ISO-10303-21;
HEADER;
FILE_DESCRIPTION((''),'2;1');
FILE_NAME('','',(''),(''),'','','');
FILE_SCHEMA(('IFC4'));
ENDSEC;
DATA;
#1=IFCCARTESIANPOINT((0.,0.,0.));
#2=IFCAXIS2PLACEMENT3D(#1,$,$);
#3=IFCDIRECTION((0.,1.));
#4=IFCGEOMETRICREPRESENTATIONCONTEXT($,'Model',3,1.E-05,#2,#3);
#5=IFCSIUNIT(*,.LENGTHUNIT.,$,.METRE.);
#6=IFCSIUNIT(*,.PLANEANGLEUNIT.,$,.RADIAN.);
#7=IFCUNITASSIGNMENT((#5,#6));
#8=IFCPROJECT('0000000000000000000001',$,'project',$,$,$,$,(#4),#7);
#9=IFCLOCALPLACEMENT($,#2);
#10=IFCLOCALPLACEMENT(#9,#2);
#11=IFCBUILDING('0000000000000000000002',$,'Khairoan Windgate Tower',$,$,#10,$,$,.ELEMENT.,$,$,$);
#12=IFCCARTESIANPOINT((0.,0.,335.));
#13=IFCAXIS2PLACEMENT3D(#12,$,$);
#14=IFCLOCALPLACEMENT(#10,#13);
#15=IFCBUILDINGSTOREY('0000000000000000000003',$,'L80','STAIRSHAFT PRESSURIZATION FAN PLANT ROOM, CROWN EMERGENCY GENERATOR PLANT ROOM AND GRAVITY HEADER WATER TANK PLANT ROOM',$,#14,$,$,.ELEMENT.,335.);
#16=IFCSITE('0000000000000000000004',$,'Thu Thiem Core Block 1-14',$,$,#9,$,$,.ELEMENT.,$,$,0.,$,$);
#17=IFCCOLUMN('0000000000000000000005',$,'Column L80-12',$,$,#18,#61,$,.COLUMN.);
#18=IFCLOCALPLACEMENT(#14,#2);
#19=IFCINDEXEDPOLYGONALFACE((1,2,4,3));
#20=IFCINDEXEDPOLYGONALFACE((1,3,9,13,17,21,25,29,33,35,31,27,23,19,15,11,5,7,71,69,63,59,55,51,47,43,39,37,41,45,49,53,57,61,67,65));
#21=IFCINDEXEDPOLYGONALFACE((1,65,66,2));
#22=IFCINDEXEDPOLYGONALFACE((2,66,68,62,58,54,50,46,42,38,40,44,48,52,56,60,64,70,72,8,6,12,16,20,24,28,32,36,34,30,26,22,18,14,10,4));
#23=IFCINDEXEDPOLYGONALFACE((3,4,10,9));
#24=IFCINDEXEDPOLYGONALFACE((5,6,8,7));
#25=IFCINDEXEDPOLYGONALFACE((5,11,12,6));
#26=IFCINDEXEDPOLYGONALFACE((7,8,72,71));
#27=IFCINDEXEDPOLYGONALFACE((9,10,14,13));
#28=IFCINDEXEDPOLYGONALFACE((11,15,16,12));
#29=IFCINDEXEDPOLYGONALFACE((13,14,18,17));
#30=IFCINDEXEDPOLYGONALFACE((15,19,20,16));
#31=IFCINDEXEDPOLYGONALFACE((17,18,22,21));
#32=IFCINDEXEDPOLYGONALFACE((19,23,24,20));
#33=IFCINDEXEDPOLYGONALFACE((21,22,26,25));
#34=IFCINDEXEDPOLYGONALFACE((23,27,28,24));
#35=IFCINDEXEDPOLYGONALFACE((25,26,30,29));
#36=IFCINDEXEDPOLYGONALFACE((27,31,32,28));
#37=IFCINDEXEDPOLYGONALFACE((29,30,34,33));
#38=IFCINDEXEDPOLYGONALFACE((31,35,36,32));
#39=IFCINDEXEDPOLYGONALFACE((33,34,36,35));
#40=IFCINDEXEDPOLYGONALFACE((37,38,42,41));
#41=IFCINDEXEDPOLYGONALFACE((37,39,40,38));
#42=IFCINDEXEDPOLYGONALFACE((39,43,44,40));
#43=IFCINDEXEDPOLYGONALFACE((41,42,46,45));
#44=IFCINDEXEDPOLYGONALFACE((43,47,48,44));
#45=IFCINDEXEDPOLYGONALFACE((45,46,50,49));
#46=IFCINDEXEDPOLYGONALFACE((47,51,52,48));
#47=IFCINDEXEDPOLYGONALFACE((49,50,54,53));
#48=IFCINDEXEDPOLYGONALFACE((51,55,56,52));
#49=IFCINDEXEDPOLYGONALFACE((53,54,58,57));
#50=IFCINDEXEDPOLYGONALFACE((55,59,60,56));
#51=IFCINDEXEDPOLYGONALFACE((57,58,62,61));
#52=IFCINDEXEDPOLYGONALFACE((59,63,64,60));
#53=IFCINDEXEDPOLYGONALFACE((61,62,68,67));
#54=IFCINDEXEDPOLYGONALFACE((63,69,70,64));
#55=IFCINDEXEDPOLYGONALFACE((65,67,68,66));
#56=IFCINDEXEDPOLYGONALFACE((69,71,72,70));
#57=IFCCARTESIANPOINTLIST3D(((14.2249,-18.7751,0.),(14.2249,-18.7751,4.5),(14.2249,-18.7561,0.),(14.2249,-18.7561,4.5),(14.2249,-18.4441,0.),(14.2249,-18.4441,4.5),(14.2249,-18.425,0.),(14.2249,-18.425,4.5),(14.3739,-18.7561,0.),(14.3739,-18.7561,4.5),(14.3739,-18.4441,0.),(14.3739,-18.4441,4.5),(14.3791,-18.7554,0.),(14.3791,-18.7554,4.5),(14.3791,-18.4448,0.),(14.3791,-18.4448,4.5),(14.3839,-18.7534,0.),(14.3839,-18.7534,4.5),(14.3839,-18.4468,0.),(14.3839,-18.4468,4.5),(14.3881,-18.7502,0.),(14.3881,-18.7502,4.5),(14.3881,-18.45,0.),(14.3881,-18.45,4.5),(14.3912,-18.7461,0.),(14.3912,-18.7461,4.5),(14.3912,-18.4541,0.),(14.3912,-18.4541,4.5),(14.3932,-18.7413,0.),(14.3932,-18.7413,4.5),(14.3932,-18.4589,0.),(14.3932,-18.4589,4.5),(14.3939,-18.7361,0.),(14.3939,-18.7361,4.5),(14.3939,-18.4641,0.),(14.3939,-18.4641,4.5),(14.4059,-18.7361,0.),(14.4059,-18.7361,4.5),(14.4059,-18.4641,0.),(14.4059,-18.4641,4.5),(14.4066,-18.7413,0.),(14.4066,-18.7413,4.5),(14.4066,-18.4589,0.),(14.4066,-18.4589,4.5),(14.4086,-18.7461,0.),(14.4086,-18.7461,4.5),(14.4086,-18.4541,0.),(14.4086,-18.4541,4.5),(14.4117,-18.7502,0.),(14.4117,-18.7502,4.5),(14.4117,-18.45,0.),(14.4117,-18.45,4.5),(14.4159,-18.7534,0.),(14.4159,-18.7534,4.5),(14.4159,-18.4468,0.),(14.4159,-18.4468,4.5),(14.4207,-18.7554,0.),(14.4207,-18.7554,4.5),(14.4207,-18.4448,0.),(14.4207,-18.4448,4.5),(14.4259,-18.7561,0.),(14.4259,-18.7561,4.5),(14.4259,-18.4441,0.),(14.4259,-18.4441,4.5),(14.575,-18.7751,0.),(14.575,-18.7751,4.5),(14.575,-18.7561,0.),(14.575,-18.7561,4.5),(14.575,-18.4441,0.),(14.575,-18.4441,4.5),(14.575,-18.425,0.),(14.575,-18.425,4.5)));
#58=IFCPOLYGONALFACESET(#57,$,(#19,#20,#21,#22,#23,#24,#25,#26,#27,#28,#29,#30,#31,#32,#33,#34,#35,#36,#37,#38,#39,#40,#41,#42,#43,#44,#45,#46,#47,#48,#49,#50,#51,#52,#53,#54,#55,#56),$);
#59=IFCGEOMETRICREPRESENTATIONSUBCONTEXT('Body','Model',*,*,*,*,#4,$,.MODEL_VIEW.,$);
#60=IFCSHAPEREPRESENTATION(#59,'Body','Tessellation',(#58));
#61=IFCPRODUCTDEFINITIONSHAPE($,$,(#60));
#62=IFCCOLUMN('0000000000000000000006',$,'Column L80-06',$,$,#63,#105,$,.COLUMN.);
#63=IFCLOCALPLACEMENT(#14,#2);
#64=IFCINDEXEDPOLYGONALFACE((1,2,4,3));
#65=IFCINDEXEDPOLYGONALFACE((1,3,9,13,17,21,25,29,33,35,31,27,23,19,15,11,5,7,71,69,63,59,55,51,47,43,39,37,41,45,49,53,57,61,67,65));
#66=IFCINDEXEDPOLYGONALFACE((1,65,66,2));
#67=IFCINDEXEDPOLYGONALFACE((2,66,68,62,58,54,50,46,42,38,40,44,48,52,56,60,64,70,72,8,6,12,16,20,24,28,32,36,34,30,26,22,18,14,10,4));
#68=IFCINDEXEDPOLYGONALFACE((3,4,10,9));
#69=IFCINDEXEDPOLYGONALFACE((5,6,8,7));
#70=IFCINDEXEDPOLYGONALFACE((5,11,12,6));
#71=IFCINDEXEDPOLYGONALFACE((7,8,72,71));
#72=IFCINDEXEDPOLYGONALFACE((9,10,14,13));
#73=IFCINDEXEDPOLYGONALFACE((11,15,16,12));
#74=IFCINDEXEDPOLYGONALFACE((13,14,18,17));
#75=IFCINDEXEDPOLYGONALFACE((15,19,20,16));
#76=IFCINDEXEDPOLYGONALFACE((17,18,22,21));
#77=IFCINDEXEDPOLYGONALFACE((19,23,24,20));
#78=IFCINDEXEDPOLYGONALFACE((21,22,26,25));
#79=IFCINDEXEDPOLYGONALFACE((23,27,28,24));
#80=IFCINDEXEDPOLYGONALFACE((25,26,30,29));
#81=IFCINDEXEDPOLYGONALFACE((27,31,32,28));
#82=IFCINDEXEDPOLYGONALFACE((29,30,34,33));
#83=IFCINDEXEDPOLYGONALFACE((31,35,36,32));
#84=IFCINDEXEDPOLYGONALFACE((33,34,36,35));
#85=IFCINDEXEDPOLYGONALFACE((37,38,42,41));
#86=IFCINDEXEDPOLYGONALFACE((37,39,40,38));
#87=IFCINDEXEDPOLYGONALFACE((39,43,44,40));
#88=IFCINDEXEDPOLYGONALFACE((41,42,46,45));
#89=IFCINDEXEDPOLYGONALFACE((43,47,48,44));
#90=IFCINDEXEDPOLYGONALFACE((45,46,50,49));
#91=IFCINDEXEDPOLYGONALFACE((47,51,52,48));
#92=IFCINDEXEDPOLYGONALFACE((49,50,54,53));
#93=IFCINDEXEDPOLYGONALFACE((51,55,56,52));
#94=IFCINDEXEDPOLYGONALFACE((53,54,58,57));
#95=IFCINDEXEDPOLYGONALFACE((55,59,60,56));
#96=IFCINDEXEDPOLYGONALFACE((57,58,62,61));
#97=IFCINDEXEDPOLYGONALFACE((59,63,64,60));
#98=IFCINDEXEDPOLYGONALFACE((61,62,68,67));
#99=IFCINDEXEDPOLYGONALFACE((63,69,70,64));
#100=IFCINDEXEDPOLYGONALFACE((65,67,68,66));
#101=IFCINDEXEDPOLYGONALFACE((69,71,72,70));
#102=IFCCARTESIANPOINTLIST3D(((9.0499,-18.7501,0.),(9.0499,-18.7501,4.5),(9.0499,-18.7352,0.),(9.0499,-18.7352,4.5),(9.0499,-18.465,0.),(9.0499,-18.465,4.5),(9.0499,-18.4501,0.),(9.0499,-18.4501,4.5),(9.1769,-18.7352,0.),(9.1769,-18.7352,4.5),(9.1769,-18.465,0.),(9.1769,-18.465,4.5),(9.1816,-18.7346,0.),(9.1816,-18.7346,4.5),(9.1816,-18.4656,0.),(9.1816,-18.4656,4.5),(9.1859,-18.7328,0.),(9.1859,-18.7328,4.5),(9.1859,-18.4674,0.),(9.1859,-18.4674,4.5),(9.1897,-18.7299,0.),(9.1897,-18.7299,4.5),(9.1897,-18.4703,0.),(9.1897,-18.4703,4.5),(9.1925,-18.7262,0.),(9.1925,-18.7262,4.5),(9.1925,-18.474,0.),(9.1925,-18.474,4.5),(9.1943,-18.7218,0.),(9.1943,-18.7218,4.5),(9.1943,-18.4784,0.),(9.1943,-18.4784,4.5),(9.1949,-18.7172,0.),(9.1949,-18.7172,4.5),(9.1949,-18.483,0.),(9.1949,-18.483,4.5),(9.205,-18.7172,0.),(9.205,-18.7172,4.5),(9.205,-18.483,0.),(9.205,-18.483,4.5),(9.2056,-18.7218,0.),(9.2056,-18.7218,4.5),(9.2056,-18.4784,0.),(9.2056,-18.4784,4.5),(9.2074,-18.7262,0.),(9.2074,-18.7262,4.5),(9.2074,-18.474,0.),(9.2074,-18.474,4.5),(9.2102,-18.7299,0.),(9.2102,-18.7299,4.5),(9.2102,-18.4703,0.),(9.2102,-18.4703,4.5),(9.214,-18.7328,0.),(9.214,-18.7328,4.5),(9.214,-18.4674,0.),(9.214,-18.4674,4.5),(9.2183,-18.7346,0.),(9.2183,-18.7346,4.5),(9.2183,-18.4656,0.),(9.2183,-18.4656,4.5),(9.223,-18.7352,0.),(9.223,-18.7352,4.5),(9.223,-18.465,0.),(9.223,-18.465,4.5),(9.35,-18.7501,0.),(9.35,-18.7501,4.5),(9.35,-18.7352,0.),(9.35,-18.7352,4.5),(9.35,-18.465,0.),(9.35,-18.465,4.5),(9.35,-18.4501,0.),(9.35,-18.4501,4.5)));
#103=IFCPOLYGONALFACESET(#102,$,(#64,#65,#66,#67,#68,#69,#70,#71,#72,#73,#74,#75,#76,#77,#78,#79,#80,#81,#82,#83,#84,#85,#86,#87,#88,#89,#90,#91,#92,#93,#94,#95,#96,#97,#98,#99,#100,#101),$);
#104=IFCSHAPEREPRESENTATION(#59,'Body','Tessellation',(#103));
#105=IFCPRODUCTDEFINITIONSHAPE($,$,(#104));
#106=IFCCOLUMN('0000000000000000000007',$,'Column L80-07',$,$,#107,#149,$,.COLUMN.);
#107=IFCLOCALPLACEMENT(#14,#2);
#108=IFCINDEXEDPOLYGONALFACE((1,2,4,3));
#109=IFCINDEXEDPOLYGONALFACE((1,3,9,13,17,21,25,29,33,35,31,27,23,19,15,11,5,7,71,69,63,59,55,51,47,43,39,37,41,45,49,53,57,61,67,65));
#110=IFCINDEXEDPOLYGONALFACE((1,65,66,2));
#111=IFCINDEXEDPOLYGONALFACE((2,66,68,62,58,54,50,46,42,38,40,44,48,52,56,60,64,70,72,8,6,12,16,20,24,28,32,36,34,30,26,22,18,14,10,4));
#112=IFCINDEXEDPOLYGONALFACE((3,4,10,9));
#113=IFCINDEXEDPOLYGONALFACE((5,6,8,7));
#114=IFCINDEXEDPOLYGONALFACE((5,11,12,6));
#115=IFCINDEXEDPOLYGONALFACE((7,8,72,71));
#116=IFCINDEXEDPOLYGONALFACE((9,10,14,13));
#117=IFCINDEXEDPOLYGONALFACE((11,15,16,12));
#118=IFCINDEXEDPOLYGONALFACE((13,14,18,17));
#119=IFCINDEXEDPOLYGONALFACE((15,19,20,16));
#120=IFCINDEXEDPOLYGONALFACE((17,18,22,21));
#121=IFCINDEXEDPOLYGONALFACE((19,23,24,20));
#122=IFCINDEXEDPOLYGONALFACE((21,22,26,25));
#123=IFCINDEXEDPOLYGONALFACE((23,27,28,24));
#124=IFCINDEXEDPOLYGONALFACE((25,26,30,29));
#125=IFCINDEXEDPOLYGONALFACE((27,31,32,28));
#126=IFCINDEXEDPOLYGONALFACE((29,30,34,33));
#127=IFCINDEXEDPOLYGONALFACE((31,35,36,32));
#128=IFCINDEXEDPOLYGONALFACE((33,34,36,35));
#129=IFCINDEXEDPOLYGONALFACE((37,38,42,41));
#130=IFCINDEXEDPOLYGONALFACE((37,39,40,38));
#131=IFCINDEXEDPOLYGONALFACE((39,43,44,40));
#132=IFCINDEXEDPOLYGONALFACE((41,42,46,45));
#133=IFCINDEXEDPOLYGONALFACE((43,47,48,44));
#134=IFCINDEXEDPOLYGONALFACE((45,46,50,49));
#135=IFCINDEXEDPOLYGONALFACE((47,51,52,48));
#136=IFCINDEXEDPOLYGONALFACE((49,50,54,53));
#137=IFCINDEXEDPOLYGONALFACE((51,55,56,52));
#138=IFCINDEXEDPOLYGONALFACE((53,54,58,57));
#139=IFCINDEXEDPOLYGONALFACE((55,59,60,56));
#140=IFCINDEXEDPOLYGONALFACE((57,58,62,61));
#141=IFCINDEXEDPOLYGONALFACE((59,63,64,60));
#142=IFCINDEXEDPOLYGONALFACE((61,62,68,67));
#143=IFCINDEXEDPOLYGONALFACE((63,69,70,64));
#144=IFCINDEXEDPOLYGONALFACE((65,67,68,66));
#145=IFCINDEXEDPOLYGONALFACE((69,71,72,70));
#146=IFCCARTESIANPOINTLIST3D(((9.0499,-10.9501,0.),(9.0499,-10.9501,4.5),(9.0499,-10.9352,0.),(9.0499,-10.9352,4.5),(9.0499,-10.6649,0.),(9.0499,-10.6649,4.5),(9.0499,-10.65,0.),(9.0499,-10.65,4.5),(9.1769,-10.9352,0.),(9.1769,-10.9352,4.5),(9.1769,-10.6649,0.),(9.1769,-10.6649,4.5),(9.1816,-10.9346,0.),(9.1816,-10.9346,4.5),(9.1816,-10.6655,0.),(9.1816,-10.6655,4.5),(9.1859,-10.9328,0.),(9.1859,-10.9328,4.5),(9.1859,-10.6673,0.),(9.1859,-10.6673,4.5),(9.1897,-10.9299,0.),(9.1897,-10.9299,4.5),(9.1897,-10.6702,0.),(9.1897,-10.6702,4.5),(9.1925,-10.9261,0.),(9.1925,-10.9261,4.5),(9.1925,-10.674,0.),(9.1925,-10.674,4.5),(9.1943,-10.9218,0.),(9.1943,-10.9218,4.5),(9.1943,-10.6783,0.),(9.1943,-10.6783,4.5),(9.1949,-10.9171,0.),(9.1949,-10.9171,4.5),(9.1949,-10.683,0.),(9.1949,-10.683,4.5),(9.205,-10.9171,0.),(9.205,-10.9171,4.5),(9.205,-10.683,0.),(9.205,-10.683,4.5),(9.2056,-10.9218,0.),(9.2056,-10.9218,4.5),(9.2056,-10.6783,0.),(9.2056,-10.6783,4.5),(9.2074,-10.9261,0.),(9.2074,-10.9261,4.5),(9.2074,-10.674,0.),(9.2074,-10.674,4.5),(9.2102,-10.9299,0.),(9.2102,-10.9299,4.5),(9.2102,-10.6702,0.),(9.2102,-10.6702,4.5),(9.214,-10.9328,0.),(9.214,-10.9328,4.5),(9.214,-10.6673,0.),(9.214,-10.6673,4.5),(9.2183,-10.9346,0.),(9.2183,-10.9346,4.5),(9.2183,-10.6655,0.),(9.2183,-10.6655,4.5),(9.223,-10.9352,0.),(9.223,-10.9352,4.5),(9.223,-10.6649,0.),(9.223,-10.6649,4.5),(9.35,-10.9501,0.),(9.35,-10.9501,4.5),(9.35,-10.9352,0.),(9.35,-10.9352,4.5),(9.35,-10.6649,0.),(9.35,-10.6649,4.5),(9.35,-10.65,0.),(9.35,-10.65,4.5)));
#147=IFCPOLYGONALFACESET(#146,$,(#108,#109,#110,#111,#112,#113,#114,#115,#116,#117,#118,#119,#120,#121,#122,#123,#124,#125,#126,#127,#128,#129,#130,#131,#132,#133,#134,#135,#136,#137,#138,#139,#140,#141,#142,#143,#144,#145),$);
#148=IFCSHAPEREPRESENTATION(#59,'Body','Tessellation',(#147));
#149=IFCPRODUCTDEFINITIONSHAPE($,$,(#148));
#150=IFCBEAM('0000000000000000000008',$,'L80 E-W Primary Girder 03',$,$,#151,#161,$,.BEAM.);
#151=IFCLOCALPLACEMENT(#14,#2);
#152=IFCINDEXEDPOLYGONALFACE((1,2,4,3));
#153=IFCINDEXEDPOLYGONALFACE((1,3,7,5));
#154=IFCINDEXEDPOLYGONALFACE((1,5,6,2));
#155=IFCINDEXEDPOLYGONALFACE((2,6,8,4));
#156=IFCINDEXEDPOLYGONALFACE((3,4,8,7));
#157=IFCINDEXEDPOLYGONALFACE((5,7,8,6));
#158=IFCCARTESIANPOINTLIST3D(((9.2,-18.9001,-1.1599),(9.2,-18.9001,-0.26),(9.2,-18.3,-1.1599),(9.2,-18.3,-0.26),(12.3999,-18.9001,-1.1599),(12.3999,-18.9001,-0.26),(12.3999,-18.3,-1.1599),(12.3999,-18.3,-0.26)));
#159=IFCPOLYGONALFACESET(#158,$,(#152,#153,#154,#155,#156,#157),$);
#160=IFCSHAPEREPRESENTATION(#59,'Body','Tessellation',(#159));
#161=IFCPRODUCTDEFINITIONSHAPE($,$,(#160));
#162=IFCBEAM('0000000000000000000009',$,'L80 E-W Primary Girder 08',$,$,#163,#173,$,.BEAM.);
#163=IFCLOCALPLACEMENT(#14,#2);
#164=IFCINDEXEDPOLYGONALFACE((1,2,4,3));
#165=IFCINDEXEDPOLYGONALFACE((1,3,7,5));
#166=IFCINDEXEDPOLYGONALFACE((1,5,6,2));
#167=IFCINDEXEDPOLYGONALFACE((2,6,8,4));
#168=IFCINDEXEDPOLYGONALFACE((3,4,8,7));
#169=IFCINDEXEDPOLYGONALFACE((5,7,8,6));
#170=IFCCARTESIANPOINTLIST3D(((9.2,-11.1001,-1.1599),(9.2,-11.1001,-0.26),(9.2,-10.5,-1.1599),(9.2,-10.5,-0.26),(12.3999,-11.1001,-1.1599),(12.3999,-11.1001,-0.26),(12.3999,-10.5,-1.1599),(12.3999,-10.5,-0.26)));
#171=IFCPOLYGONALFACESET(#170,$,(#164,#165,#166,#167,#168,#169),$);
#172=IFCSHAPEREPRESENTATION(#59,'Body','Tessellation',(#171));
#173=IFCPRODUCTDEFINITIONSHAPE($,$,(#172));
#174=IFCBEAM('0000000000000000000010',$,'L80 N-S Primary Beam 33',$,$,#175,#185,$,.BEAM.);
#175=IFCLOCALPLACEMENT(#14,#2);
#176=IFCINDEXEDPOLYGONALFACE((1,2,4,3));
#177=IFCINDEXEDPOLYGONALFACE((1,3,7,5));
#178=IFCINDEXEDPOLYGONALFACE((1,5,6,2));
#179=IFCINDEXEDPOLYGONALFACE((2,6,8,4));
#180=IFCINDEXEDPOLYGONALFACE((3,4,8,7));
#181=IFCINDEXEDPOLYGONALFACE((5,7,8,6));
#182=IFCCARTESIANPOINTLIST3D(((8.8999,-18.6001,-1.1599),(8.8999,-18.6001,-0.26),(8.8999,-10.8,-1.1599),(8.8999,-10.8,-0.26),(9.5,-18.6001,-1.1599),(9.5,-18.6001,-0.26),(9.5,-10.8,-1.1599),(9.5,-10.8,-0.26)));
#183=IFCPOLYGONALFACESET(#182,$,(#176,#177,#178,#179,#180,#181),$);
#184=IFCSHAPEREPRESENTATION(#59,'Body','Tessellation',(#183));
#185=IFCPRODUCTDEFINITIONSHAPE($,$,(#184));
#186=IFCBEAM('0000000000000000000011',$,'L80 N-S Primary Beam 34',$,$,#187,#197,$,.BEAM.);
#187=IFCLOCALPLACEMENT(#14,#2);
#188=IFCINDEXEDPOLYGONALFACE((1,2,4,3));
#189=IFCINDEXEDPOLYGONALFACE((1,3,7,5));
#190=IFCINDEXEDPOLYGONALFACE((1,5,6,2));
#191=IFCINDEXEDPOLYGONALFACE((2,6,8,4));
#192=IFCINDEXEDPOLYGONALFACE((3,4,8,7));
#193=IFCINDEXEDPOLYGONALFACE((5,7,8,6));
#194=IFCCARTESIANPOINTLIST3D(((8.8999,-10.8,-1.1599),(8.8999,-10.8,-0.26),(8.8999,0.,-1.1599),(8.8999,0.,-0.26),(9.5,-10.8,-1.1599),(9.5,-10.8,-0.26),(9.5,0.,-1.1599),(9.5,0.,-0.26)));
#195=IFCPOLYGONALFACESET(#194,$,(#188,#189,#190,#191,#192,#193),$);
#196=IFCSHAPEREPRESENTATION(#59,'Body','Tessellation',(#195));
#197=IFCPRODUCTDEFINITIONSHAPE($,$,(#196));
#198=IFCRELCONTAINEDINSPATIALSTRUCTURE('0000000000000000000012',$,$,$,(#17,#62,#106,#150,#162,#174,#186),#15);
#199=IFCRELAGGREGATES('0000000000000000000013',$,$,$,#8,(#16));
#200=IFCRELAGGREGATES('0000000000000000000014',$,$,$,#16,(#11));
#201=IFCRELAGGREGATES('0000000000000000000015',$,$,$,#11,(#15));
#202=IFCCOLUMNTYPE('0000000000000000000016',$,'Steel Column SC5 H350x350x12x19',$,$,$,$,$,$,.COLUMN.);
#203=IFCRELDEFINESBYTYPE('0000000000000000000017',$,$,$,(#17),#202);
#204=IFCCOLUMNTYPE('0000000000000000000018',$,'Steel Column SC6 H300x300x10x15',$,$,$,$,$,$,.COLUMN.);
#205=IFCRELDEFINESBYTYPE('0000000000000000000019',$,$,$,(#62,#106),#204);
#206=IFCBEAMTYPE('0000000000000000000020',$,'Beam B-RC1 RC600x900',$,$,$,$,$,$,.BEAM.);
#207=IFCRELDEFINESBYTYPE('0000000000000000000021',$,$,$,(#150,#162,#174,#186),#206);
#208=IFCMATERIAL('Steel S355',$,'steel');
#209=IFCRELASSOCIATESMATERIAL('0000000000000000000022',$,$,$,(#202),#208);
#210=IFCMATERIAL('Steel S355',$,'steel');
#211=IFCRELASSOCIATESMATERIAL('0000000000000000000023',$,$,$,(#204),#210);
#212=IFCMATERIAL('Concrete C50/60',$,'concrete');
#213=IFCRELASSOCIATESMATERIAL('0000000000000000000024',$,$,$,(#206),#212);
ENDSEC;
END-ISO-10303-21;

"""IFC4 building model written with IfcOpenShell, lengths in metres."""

from ifc_helpers import new_model, si_unit, direction, frame, origin, origin_2d, place, context, subcontext, project, spatial, rectangle, i_section, extrude, material, material_profile, profile_set, type_object, element, save


model = new_model("IFC4")

# Units and contexts
model_context = context("Model", 3, precision=1e-05, world=origin(), true_north=direction((0.0, 1.0)))
body_context = subcontext(model_context, "Body", "Model", "MODEL_VIEW")
ifc_project = project(units=[si_unit("LENGTHUNIT", "METRE"), si_unit("PLANEANGLEUNIT", "RADIAN")], contexts=[model_context])

# Site, building, storey
site_placement = place(None, origin())
site = spatial("IfcSite", under=ifc_project, at=site_placement, Name="Thu Thiem Core Block 1-14", CompositionType="ELEMENT", RefElevation=0.0)
building_placement = place(site_placement, origin())
building = spatial("IfcBuilding", under=site, at=building_placement, Name="Khairoan Windgate Tower", CompositionType="ELEMENT")
storey_placement = place(building_placement, frame((0.0, 0.0, 335.0)))
storey = spatial("IfcBuildingStorey", under=building, at=storey_placement, Name="L80", Description="STAIRSHAFT PRESSURIZATION FAN PLANT ROOM, CROWN EMERGENCY GENERATOR PLANT ROOM AND GRAVITY HEADER WATER TANK PLANT ROOM", CompositionType="ELEMENT", Elevation=335.0)

# Columns
ifc_material_1 = material(Name="Steel S355", Category="steel")
ifc_material_profile_1 = material_profile(ifc_material_1, i_section(OverallWidth=0.3501, OverallDepth=0.3501, WebThickness=0.012, FlangeThickness=0.019, FilletRadius=0.02, at=origin_2d()))
ifc_profile_set_1 = profile_set([ifc_material_profile_1], Name="Steel S355")
column_type_1 = type_object("IfcColumnType", Name="Steel Column SC5 H350x350x12x19", PredefinedType="COLUMN", material=ifc_profile_set_1)
column_placement = place(storey_placement, frame((14.3999, -18.6001, 0.0), z_axis=(0.0, 0.0, 1.0), x_axis=(1.0, 0.0, 0.0)))
element("IfcColumn", 1, at=column_placement, inside=storey, type_object=column_type_1, Name="Column L80-12", PredefinedType="COLUMN", context=body_context, shape_type="SweptSolid", body=[
    extrude(i_section(OverallWidth=0.3501, OverallDepth=0.3501, WebThickness=0.012, FlangeThickness=0.019, FilletRadius=0.02, at=origin_2d()), origin(), (0.0, 0.0, 1.0), 4.5),
])
ifc_material_2 = material(Name="Steel S355", Category="steel")
ifc_material_profile_2 = material_profile(ifc_material_2, i_section(OverallWidth=0.3, OverallDepth=0.3, WebThickness=0.01, FlangeThickness=0.0149, FilletRadius=0.0181, at=origin_2d()))
ifc_profile_set_2 = profile_set([ifc_material_profile_2], Name="Steel S355")
column_type_2 = type_object("IfcColumnType", Name="Steel Column SC6 H300x300x10x15", PredefinedType="COLUMN", material=ifc_profile_set_2)
for number, where, z_axis, x_axis, name in (
    (2, (9.2, -18.6001, 0.0), (0.0, 0.0, 1.0), (1.0, 0.0, 0.0), "Column L80-06"),
    (3, (9.2, -10.8, 0.0), (0.0, 0.0, 1.0), (1.0, 0.0, 0.0), "Column L80-07"),
):
    element("IfcColumn", number, at=place(storey_placement, frame(where, z_axis=z_axis, x_axis=x_axis)), inside=storey, type_object=column_type_2, Name=name, PredefinedType="COLUMN", context=body_context, shape_type="SweptSolid", body=[
        extrude(i_section(OverallWidth=0.3, OverallDepth=0.3, WebThickness=0.01, FlangeThickness=0.0149, FilletRadius=0.0181, at=origin_2d()), origin(), (0.0, 0.0, 1.0), 4.5),
    ])

# Beams
ifc_material_3 = material(Name="Concrete C50/60", Category="concrete")
ifc_material_profile_3 = material_profile(ifc_material_3, rectangle(XDim=0.6001, YDim=0.8999, at=origin_2d()))
ifc_profile_set_3 = profile_set([ifc_material_profile_3], Name="Concrete C50/60")
beam_type_1 = type_object("IfcBeamType", Name="Beam B-RC1 RC600x900", PredefinedType="BEAM", material=ifc_profile_set_3)
for number, where, z_axis, x_axis, name in (
    (4, (9.2, -18.6001, -0.71), (1.0, 0.0, 0.0), (0.0, 1.0, 0.0), "L80 E-W Primary Girder 03"),
    (5, (9.2, -10.8, -0.71), (1.0, 0.0, 0.0), (0.0, 1.0, 0.0), "L80 E-W Primary Girder 08"),
):
    element("IfcBeam", number, at=place(storey_placement, frame(where, z_axis=z_axis, x_axis=x_axis)), inside=storey, type_object=beam_type_1, Name=name, PredefinedType="BEAM", context=body_context, shape_type="SweptSolid", body=[
        extrude(rectangle(XDim=0.6001, YDim=0.8999, at=origin_2d()), origin(), (0.0, 0.0, 1.0), 3.2),
    ])
beam_1_placement = place(storey_placement, frame((9.2, -18.6001, -0.71), z_axis=(0.0, 1.0, 0.0), x_axis=(-1.0, 0.0, 0.0)))
element("IfcBeam", 6, at=beam_1_placement, inside=storey, type_object=beam_type_1, Name="L80 N-S Primary Beam 33", PredefinedType="BEAM", context=body_context, shape_type="SweptSolid", body=[
    extrude(rectangle(XDim=0.6001, YDim=0.8999, at=origin_2d()), origin(), (0.0, 0.0, 1.0), 7.8),
])
beam_2_placement = place(storey_placement, frame((9.2, -10.8, -0.71), z_axis=(0.0, 1.0, 0.0), x_axis=(-1.0, 0.0, 0.0)))
element("IfcBeam", 7, at=beam_2_placement, inside=storey, type_object=beam_type_1, Name="L80 N-S Primary Beam 34", PredefinedType="BEAM", context=body_context, shape_type="SweptSolid", body=[
    extrude(rectangle(XDim=0.6001, YDim=0.8999, at=origin_2d()), origin(), (0.0, 0.0, 1.0), 10.8),
])

save(model, "model.ifc")
